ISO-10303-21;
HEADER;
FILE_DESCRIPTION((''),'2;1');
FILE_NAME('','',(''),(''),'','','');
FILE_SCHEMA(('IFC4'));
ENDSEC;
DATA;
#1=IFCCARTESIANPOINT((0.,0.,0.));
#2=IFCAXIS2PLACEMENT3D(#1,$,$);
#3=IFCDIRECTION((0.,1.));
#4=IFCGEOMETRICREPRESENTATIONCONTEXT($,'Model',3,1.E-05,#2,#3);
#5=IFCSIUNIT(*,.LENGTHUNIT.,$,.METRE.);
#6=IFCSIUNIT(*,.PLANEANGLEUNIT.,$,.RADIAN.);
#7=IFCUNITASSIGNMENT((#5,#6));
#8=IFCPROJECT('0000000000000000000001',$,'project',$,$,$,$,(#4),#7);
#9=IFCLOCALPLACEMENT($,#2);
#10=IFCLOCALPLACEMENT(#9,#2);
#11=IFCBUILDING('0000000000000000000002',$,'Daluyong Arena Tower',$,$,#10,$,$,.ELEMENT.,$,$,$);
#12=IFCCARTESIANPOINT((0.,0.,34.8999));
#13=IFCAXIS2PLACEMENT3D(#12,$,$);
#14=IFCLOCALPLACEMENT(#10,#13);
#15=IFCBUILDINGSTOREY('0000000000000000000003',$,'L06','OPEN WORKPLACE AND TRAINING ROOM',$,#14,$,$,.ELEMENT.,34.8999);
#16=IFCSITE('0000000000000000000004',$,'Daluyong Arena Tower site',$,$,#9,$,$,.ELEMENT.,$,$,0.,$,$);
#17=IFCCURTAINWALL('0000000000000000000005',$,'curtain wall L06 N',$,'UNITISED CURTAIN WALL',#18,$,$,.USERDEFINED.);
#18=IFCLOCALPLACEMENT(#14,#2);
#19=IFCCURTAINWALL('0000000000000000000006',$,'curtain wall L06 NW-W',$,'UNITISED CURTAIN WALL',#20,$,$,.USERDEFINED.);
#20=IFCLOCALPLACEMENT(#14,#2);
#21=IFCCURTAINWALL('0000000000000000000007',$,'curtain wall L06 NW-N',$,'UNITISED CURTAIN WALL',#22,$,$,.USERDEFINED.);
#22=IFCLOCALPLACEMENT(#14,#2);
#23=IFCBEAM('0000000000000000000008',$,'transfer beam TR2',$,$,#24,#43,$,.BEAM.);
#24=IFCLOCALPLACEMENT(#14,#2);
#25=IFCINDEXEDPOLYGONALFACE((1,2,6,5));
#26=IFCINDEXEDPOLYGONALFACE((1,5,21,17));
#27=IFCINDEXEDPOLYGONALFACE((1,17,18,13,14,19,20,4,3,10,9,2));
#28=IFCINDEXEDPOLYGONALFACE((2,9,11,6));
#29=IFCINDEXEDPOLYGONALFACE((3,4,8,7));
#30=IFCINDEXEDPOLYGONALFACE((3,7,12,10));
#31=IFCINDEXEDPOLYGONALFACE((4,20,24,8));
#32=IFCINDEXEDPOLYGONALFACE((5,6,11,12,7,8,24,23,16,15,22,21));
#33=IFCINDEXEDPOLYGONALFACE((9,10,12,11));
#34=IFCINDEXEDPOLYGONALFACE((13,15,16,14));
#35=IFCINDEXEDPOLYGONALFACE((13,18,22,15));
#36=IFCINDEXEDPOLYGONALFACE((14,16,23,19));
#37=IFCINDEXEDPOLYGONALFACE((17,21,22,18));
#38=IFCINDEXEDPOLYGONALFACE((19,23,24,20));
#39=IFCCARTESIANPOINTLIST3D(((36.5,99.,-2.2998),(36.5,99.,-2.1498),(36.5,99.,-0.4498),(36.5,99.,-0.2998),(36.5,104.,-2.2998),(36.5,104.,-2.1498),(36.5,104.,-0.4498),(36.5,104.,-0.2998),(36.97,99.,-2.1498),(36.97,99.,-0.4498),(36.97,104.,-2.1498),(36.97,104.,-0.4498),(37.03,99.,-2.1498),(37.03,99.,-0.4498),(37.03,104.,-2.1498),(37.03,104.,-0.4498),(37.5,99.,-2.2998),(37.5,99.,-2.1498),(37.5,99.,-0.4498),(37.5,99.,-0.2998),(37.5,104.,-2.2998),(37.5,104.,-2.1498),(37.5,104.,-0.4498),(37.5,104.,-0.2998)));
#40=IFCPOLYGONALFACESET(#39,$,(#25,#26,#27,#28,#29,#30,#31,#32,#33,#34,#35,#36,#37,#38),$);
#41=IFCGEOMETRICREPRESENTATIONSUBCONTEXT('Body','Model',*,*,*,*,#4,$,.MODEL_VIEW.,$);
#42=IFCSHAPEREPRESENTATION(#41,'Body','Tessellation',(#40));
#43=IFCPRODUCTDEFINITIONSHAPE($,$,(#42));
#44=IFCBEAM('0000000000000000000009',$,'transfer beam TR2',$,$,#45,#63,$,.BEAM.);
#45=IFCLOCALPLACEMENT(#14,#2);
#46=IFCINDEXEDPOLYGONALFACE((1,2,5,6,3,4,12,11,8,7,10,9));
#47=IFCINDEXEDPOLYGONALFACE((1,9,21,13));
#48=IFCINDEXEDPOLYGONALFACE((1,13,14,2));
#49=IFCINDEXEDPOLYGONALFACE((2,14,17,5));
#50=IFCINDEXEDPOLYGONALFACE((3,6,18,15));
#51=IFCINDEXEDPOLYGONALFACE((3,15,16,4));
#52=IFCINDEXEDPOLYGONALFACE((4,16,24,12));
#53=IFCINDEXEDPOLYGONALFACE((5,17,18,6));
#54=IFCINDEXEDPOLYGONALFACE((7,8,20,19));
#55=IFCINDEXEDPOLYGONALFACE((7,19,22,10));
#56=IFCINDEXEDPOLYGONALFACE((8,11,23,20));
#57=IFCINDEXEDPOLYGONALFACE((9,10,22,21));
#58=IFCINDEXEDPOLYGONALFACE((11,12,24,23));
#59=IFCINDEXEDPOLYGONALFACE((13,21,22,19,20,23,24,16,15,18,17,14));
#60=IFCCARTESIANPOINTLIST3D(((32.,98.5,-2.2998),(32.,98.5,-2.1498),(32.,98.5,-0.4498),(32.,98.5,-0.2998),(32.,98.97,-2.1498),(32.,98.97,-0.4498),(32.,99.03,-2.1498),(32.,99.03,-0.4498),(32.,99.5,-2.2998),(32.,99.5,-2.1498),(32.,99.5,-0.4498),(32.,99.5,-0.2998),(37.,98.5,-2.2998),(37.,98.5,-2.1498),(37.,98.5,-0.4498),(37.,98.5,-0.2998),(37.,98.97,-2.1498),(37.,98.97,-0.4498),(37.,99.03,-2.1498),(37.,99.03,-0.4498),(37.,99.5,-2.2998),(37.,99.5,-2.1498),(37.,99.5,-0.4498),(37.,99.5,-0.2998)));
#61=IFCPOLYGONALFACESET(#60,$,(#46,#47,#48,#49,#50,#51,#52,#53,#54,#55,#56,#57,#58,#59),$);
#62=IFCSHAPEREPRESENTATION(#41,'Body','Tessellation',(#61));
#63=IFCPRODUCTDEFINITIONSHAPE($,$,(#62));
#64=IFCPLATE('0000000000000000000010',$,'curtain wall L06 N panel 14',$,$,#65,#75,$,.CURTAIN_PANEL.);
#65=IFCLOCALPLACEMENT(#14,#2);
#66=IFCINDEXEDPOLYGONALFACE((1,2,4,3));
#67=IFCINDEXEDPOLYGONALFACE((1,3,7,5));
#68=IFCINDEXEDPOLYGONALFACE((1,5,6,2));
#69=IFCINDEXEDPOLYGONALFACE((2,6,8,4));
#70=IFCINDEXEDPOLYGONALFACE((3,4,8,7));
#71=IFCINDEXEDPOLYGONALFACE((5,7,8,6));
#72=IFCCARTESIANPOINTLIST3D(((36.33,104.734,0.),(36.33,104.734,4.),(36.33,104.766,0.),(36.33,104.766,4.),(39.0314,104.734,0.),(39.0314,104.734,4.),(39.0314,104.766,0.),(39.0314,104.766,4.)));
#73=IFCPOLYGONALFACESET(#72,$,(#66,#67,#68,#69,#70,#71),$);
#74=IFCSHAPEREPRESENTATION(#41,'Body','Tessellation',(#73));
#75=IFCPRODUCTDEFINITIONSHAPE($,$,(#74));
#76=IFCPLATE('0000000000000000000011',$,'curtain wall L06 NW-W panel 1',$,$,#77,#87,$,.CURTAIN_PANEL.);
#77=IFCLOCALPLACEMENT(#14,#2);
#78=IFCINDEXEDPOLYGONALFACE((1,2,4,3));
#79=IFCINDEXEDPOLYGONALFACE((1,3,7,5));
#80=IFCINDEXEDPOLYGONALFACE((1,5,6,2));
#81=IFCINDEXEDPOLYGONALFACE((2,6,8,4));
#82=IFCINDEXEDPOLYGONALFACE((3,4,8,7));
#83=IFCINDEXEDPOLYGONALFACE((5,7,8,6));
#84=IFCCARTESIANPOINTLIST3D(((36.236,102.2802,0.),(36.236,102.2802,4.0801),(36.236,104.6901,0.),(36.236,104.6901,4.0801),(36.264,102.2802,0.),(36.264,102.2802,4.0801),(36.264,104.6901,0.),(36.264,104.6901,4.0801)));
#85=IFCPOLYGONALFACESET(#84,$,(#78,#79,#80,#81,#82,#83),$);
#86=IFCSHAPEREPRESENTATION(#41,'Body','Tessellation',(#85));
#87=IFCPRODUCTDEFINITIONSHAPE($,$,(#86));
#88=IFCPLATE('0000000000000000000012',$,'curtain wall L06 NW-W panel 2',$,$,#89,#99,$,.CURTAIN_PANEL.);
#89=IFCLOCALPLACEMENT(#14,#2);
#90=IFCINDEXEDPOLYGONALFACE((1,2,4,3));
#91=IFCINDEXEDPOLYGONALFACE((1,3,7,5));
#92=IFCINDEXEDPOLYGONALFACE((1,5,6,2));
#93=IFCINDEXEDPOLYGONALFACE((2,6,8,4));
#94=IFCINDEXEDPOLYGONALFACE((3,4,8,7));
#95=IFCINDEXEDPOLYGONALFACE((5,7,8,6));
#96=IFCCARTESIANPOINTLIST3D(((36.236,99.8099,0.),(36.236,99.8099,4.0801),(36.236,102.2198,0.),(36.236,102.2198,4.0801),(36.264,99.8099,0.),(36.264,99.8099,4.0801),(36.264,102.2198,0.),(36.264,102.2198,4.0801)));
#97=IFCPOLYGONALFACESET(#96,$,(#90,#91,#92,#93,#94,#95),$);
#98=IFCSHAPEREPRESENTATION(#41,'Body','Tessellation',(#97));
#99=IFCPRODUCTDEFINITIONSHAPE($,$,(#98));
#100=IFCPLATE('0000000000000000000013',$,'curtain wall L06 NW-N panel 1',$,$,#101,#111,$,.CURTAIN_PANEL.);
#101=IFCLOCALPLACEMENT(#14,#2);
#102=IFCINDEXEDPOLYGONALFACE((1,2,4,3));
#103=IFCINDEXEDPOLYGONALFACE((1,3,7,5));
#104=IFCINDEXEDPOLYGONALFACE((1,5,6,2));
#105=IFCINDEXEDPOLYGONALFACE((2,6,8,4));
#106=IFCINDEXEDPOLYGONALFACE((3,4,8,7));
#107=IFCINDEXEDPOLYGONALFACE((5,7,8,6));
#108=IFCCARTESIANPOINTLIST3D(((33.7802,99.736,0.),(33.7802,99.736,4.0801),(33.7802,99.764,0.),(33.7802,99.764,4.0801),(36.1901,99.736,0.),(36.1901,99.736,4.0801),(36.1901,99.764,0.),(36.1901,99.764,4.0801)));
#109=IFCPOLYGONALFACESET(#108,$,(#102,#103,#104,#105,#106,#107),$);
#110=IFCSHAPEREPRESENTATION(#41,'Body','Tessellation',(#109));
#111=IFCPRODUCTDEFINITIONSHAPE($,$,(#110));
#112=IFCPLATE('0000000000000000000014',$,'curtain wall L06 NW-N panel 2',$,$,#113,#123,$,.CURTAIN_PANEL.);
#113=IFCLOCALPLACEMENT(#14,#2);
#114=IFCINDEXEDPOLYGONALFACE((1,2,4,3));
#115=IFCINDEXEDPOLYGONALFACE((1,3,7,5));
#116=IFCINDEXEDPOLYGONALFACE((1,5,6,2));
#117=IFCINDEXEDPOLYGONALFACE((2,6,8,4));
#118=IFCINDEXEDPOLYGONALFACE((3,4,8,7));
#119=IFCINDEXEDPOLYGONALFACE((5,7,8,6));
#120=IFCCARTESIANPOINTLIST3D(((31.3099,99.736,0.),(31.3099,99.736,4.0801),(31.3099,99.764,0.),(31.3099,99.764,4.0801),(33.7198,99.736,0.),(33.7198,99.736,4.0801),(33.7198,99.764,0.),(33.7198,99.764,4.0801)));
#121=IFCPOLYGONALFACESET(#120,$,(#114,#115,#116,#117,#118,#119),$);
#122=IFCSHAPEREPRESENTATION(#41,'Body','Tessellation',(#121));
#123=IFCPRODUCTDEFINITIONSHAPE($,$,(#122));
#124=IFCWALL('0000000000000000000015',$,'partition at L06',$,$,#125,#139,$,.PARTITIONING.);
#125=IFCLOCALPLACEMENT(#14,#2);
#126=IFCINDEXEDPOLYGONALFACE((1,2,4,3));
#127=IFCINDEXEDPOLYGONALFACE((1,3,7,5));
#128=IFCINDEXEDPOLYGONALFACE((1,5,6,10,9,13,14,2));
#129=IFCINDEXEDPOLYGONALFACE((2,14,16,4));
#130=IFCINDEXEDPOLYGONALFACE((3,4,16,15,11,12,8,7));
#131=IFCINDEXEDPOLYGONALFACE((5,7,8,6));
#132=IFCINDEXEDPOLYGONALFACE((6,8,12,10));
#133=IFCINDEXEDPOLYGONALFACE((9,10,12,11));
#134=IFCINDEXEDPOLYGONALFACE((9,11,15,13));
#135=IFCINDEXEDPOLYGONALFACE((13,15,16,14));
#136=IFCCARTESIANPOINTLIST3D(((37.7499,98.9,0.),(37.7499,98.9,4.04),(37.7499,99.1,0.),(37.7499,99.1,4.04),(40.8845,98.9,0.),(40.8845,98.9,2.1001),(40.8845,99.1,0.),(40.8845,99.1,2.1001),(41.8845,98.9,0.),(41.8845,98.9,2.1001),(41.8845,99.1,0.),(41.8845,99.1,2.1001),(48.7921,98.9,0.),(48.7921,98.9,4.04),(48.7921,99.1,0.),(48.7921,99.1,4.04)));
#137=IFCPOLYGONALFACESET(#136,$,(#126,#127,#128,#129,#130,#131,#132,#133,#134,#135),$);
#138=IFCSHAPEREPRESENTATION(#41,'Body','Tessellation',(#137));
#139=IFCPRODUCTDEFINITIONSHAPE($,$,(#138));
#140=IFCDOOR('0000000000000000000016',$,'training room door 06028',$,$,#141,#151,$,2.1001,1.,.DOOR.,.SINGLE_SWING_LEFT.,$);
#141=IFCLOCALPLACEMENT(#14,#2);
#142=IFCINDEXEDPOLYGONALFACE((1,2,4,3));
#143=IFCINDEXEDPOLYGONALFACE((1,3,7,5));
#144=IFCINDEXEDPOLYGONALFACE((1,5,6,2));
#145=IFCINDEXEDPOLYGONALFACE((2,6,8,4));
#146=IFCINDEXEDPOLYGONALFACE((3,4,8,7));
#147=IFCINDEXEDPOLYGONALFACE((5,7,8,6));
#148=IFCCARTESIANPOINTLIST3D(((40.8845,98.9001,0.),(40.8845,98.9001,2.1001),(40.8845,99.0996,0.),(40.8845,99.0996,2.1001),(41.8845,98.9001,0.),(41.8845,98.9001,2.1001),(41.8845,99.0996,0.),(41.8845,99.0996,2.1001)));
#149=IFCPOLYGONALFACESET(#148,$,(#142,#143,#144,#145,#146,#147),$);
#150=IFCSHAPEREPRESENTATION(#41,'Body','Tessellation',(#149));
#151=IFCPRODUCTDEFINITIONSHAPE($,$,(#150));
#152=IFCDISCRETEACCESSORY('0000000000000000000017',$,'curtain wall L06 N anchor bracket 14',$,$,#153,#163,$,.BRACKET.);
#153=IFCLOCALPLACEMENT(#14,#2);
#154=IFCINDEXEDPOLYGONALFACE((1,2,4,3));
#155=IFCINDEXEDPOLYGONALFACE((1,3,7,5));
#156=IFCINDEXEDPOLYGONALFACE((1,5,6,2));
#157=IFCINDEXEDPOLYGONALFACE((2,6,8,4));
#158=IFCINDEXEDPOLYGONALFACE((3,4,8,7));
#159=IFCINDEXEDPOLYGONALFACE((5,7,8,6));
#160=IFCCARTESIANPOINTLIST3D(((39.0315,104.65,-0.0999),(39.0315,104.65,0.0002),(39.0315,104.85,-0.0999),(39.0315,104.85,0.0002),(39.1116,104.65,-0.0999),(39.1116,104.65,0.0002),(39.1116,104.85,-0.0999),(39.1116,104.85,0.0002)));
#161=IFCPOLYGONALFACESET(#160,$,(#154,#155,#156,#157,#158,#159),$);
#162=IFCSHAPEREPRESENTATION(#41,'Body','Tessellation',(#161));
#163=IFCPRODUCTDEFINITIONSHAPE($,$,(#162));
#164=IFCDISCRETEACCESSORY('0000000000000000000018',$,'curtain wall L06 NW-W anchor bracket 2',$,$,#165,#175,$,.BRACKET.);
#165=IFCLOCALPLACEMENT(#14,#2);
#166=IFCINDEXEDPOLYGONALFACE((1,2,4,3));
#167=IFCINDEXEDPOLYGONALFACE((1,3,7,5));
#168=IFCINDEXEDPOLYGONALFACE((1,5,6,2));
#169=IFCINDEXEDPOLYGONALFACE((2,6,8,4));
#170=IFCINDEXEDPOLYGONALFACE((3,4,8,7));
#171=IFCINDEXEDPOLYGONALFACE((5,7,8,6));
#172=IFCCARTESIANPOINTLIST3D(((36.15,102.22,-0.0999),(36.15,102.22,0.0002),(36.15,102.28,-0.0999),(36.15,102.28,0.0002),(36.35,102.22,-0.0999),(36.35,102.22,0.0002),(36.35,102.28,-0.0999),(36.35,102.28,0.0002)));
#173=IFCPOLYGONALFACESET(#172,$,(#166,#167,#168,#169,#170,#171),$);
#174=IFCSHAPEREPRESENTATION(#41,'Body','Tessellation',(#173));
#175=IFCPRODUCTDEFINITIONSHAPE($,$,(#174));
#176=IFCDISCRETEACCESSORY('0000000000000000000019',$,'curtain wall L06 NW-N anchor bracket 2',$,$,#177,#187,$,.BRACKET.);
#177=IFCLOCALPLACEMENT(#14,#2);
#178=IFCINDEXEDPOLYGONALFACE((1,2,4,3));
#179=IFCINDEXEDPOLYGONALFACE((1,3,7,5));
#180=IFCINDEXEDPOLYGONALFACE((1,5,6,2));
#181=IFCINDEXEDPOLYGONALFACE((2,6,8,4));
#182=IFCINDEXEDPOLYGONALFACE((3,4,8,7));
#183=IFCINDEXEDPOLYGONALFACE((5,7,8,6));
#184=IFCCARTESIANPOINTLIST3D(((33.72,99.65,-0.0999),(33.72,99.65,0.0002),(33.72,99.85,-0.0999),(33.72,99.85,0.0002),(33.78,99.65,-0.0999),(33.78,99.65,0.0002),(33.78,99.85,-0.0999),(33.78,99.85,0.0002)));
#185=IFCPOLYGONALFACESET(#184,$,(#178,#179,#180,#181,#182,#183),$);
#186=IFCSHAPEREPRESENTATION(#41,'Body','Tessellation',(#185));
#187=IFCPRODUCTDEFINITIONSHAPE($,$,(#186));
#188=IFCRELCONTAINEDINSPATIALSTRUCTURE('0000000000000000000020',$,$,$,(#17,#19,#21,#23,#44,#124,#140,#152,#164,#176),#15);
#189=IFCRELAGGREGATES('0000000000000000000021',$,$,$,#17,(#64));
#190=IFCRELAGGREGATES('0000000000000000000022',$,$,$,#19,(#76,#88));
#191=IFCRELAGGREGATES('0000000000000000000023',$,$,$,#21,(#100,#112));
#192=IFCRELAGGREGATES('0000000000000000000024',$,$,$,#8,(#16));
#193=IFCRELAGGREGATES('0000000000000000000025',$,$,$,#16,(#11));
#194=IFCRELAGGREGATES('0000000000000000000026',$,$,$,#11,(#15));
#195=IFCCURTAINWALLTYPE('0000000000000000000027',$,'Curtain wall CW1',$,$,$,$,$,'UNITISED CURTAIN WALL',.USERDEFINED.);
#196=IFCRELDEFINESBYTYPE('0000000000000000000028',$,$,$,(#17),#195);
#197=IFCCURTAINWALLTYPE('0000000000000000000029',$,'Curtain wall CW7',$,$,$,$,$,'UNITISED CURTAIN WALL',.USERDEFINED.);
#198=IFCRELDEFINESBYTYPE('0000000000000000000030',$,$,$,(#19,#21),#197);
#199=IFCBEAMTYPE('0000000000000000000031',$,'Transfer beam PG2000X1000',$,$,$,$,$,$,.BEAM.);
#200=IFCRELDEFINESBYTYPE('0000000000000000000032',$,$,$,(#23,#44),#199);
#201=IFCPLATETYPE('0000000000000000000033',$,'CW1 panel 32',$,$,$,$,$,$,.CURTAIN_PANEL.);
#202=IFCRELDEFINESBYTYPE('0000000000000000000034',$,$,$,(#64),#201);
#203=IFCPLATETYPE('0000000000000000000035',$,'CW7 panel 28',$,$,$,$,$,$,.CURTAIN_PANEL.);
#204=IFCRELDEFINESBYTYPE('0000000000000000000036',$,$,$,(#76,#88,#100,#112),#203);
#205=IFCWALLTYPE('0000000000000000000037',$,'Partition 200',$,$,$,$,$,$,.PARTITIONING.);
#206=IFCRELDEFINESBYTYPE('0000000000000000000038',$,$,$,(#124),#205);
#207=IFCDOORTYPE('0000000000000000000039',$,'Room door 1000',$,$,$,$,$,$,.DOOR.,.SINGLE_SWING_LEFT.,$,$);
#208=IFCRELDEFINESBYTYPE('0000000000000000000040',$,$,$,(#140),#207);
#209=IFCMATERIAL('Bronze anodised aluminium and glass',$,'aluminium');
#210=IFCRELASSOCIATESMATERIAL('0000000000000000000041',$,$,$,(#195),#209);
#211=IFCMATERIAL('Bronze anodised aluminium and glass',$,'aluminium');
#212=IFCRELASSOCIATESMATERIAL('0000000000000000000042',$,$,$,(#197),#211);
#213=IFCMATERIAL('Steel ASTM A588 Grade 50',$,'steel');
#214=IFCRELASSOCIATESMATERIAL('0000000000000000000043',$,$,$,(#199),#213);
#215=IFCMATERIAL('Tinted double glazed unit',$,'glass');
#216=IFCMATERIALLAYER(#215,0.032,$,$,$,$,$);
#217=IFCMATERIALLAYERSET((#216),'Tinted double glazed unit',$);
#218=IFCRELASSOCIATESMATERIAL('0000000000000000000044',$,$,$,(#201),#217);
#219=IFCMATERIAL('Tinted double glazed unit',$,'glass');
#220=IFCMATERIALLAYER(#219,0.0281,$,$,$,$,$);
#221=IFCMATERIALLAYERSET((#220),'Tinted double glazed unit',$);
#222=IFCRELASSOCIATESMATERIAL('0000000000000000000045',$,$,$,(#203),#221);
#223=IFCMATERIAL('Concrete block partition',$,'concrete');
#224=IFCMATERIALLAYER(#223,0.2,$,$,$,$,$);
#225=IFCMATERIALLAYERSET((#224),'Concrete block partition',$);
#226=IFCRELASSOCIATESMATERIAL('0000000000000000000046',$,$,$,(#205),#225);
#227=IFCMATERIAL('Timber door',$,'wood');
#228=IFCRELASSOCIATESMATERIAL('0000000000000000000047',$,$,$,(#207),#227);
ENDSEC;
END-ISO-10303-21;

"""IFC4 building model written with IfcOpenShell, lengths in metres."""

from ifc_helpers import new_model, si_unit, direction, frame, frame_2d, origin, origin_2d, place, context, subcontext, project, spatial, rectangle, i_section, extrude, material, layer, layer_set, material_profile, profile_set, type_object, element, fill, aggregate, save


model = new_model("IFC4")

# Units and contexts
model_context = context("Model", 3, precision=1e-05, world=origin(), true_north=direction((0.0, 1.0)))
body_context = subcontext(model_context, "Body", "Model", "MODEL_VIEW")
ifc_project = project(units=[si_unit("LENGTHUNIT", "METRE"), si_unit("PLANEANGLEUNIT", "RADIAN")], contexts=[model_context])

# Site, building, storey
site_placement = place(None, origin())
site = spatial("IfcSite", under=ifc_project, at=site_placement, Name="Daluyong Arena Tower site", CompositionType="ELEMENT", RefElevation=0.0)
building_placement = place(site_placement, origin())
building = spatial("IfcBuilding", under=site, at=building_placement, Name="Daluyong Arena Tower", CompositionType="ELEMENT")
storey_placement = place(building_placement, frame((0.0, 0.0, 34.8999)))
storey = spatial("IfcBuildingStorey", under=building, at=storey_placement, Name="L06", Description="OPEN WORKPLACE AND TRAINING ROOM", CompositionType="ELEMENT", Elevation=34.8999)

# Curtain wall
ifc_material_1 = material(Name="Bronze anodised aluminium and glass", Category="aluminium")
curtain_wall_type_1 = type_object("IfcCurtainWallType", Name="Curtain wall CW1", ElementType="UNITISED CURTAIN WALL", PredefinedType="USERDEFINED", material=ifc_material_1)
curtain_wall_1_placement = place(storey_placement, origin())
curtain_wall_1 = element("IfcCurtainWall", 1, at=curtain_wall_1_placement, inside=storey, type_object=curtain_wall_type_1, Name="curtain wall L06 N", ObjectType="UNITISED CURTAIN WALL", PredefinedType="USERDEFINED")

# Curtain walls
ifc_material_2 = material(Name="Bronze anodised aluminium and glass", Category="aluminium")
curtain_wall_type_2 = type_object("IfcCurtainWallType", Name="Curtain wall CW7", ElementType="UNITISED CURTAIN WALL", PredefinedType="USERDEFINED", material=ifc_material_2)
curtain_wall_2_placement = place(storey_placement, origin())
curtain_wall_2 = element("IfcCurtainWall", 2, at=curtain_wall_2_placement, inside=storey, type_object=curtain_wall_type_2, Name="curtain wall L06 NW-W", ObjectType="UNITISED CURTAIN WALL", PredefinedType="USERDEFINED")
curtain_wall_3_placement = place(storey_placement, origin())
curtain_wall_3 = element("IfcCurtainWall", 3, at=curtain_wall_3_placement, inside=storey, type_object=curtain_wall_type_2, Name="curtain wall L06 NW-N", ObjectType="UNITISED CURTAIN WALL", PredefinedType="USERDEFINED")

# Beams
ifc_material_3 = material(Name="Steel ASTM A588 Grade 50", Category="steel")
ifc_material_profile_1 = material_profile(ifc_material_3, i_section(OverallWidth=1.0, OverallDepth=2.0, WebThickness=0.06, FlangeThickness=0.15, at=origin_2d()))
ifc_profile_set_1 = profile_set([ifc_material_profile_1], Name="Steel ASTM A588 Grade 50")
beam_type_1 = type_object("IfcBeamType", Name="Transfer beam PG2000X1000", PredefinedType="BEAM", material=ifc_profile_set_1)
for number, where, z_axis, x_axis, name in (
    (4, (37.0, 104.0, -1.2998), (0.0, -1.0, 0.0), (1.0, 0.0, 0.0), "transfer beam TR2"),
    (5, (32.0, 99.0, -1.2998), (1.0, 0.0, 0.0), (0.0, 1.0, 0.0), "transfer beam TR2"),
):
    element("IfcBeam", number, at=place(storey_placement, frame(where, z_axis=z_axis, x_axis=x_axis)), inside=storey, type_object=beam_type_1, Name=name, PredefinedType="BEAM", context=body_context, shape_type="SweptSolid", body=[
        extrude(i_section(OverallWidth=1.0, OverallDepth=2.0, WebThickness=0.06, FlangeThickness=0.15, at=origin_2d()), origin(), (0.0, 0.0, 1.0), 5.0),
    ])

# Plates
ifc_material_4 = material(Name="Tinted double glazed unit", Category="glass")
ifc_layer_1 = layer(ifc_material_4, 0.032)
ifc_layer_set_1 = layer_set([ifc_layer_1], Name="Tinted double glazed unit")
plate_type_1 = type_object("IfcPlateType", Name="CW1 panel 32", PredefinedType="CURTAIN_PANEL", material=ifc_layer_set_1)
plate_1_placement = place(storey_placement, frame((37.6807, 104.75, 0.0), z_axis=(0.0, 0.0, 1.0), x_axis=(-1.0, 0.0, 0.0)))
plate_1 = element("IfcPlate", 6, at=plate_1_placement, type_object=plate_type_1, Name="curtain wall L06 N panel 14", PredefinedType="CURTAIN_PANEL", context=body_context, shape_type="SweptSolid", body=[
    extrude(rectangle(XDim=2.7014, YDim=0.032, at=origin_2d()), origin(), (0.0, 0.0, 1.0), 4.0),
])
aggregate(curtain_wall_1, [plate_1])
ifc_material_5 = material(Name="Tinted double glazed unit", Category="glass")
ifc_layer_2 = layer(ifc_material_5, 0.0281)
ifc_layer_set_2 = layer_set([ifc_layer_2], Name="Tinted double glazed unit")
plate_type_2 = type_object("IfcPlateType", Name="CW7 panel 28", PredefinedType="CURTAIN_PANEL", material=ifc_layer_set_2)
plate_2_placement = place(storey_placement, frame((36.25, 103.4851, 0.0), z_axis=(0.0, 0.0, 1.0), x_axis=(0.0, -1.0, 0.0)))
plate_2 = element("IfcPlate", 7, at=plate_2_placement, type_object=plate_type_2, Name="curtain wall L06 NW-W panel 1", PredefinedType="CURTAIN_PANEL", context=body_context, shape_type="SweptSolid", body=[
    extrude(rectangle(XDim=2.4099, YDim=0.0281, at=origin_2d()), origin(), (0.0, 0.0, 1.0), 4.0801),
])
plate_3_placement = place(storey_placement, frame((36.25, 101.0149, 0.0), z_axis=(0.0, 0.0, 1.0), x_axis=(0.0, -1.0, 0.0)))
plate_3 = element("IfcPlate", 8, at=plate_3_placement, type_object=plate_type_2, Name="curtain wall L06 NW-W panel 2", PredefinedType="CURTAIN_PANEL", context=body_context, shape_type="SweptSolid", body=[
    extrude(rectangle(XDim=2.4099, YDim=0.0281, at=origin_2d()), origin(), (0.0, 0.0, 1.0), 4.0801),
])
aggregate(curtain_wall_2, [plate_2, plate_3])
plate_4_placement = place(storey_placement, frame((34.9851, 99.75, 0.0), z_axis=(0.0, 0.0, 1.0), x_axis=(-1.0, 0.0, 0.0)))
plate_4 = element("IfcPlate", 9, at=plate_4_placement, type_object=plate_type_2, Name="curtain wall L06 NW-N panel 1", PredefinedType="CURTAIN_PANEL", context=body_context, shape_type="SweptSolid", body=[
    extrude(rectangle(XDim=2.4099, YDim=0.0281, at=origin_2d()), origin(), (0.0, 0.0, 1.0), 4.0801),
])
plate_5_placement = place(storey_placement, frame((32.5149, 99.75, 0.0), z_axis=(0.0, 0.0, 1.0), x_axis=(-1.0, 0.0, 0.0)))
plate_5 = element("IfcPlate", 10, at=plate_5_placement, type_object=plate_type_2, Name="curtain wall L06 NW-N panel 2", PredefinedType="CURTAIN_PANEL", context=body_context, shape_type="SweptSolid", body=[
    extrude(rectangle(XDim=2.4099, YDim=0.0281, at=origin_2d()), origin(), (0.0, 0.0, 1.0), 4.0801),
])
aggregate(curtain_wall_3, [plate_4, plate_5])

# Wall, opening, door
ifc_material_6 = material(Name="Concrete block partition", Category="concrete")
ifc_layer_3 = layer(ifc_material_6, 0.2)
ifc_layer_set_3 = layer_set([ifc_layer_3], Name="Concrete block partition")
wall_type = type_object("IfcWallType", Name="Partition 200", PredefinedType="PARTITIONING", material=ifc_layer_set_3)
wall_placement = place(storey_placement, frame((37.75, 99.0, 0.0), z_axis=(0.0, 0.0, 1.0), x_axis=(1.0, 0.0, 0.0)))
wall = element("IfcWall", 11, at=wall_placement, inside=storey, type_object=wall_type, Name="partition at L06", PredefinedType="PARTITIONING", context=body_context, shape_type="SweptSolid", body=[
    extrude(rectangle(XDim=11.0422, YDim=0.2, at=frame_2d((5.521, 0.0))), origin(), (0.0, 0.0, 1.0), 4.04),
])
opening_placement = place(wall_placement, frame((3.1345, 0.0, 0.0)))
opening = element("IfcOpeningElement", 12, at=opening_placement, cuts=wall, PredefinedType="OPENING", context=body_context, shape_type="SweptSolid", body=[
    extrude(rectangle(XDim=1.0, YDim=2.1001, at=frame_2d((0.5, 1.05))), frame((0.0, 0.1099, 0.0), z_axis=(0.0, -1.0, 0.0), x_axis=(1.0, 0.0, 0.0)), (0.0, 0.0, 1.0), 0.22),
])
ifc_material_7 = material(Name="Timber door", Category="wood")
door_type = type_object("IfcDoorType", Name="Room door 1000", OperationType="SINGLE_SWING_LEFT", PredefinedType="DOOR", material=ifc_material_7)
door_placement = place(opening_placement, origin())
door = element("IfcDoor", 13, at=door_placement, inside=storey, type_object=door_type, Name="training room door 06028", OperationType="SINGLE_SWING_LEFT", OverallHeight=2.1001, OverallWidth=1.0, PredefinedType="DOOR", context=body_context, shape_type="SweptSolid", body=[
    extrude(rectangle(XDim=1.0, YDim=2.1001, at=frame_2d((0.5, 1.05))), frame((0.0, 0.0996, 0.0), z_axis=(0.0, -1.0, 0.0), x_axis=(1.0, 0.0, 0.0)), (0.0, 0.0, 1.0), 0.1995),
])
fill(opening, door)

# Discrete accessories
discrete_accessory_placement = place(storey_placement, frame((39.0715, 104.75, -0.0999), z_axis=(0.0, 0.0, 1.0), x_axis=(-1.0, 0.0, 0.0)))
element("IfcDiscreteAccessory", 14, at=discrete_accessory_placement, inside=storey, Name="curtain wall L06 N anchor bracket 14", PredefinedType="BRACKET", context=body_context, shape_type="SweptSolid", body=[
    extrude(rectangle(XDim=0.0801, YDim=0.2, at=origin_2d()), origin(), (0.0, 0.0, 1.0), 0.1001),
])
for number, where, z_axis, x_axis, name in (
    (15, (36.25, 102.25, -0.0999), (0.0, 0.0, 1.0), (0.0, -1.0, 0.0), "curtain wall L06 NW-W anchor bracket 2"),
    (16, (33.75, 99.75, -0.0999), (0.0, 0.0, 1.0), (-1.0, 0.0, 0.0), "curtain wall L06 NW-N anchor bracket 2"),
):
    element("IfcDiscreteAccessory", number, at=place(storey_placement, frame(where, z_axis=z_axis, x_axis=x_axis)), inside=storey, Name=name, PredefinedType="BRACKET", context=body_context, shape_type="SweptSolid", body=[
        extrude(rectangle(XDim=0.0601, YDim=0.2, at=origin_2d()), origin(), (0.0, 0.0, 1.0), 0.1001),
    ])

save(model, "model.ifc")
